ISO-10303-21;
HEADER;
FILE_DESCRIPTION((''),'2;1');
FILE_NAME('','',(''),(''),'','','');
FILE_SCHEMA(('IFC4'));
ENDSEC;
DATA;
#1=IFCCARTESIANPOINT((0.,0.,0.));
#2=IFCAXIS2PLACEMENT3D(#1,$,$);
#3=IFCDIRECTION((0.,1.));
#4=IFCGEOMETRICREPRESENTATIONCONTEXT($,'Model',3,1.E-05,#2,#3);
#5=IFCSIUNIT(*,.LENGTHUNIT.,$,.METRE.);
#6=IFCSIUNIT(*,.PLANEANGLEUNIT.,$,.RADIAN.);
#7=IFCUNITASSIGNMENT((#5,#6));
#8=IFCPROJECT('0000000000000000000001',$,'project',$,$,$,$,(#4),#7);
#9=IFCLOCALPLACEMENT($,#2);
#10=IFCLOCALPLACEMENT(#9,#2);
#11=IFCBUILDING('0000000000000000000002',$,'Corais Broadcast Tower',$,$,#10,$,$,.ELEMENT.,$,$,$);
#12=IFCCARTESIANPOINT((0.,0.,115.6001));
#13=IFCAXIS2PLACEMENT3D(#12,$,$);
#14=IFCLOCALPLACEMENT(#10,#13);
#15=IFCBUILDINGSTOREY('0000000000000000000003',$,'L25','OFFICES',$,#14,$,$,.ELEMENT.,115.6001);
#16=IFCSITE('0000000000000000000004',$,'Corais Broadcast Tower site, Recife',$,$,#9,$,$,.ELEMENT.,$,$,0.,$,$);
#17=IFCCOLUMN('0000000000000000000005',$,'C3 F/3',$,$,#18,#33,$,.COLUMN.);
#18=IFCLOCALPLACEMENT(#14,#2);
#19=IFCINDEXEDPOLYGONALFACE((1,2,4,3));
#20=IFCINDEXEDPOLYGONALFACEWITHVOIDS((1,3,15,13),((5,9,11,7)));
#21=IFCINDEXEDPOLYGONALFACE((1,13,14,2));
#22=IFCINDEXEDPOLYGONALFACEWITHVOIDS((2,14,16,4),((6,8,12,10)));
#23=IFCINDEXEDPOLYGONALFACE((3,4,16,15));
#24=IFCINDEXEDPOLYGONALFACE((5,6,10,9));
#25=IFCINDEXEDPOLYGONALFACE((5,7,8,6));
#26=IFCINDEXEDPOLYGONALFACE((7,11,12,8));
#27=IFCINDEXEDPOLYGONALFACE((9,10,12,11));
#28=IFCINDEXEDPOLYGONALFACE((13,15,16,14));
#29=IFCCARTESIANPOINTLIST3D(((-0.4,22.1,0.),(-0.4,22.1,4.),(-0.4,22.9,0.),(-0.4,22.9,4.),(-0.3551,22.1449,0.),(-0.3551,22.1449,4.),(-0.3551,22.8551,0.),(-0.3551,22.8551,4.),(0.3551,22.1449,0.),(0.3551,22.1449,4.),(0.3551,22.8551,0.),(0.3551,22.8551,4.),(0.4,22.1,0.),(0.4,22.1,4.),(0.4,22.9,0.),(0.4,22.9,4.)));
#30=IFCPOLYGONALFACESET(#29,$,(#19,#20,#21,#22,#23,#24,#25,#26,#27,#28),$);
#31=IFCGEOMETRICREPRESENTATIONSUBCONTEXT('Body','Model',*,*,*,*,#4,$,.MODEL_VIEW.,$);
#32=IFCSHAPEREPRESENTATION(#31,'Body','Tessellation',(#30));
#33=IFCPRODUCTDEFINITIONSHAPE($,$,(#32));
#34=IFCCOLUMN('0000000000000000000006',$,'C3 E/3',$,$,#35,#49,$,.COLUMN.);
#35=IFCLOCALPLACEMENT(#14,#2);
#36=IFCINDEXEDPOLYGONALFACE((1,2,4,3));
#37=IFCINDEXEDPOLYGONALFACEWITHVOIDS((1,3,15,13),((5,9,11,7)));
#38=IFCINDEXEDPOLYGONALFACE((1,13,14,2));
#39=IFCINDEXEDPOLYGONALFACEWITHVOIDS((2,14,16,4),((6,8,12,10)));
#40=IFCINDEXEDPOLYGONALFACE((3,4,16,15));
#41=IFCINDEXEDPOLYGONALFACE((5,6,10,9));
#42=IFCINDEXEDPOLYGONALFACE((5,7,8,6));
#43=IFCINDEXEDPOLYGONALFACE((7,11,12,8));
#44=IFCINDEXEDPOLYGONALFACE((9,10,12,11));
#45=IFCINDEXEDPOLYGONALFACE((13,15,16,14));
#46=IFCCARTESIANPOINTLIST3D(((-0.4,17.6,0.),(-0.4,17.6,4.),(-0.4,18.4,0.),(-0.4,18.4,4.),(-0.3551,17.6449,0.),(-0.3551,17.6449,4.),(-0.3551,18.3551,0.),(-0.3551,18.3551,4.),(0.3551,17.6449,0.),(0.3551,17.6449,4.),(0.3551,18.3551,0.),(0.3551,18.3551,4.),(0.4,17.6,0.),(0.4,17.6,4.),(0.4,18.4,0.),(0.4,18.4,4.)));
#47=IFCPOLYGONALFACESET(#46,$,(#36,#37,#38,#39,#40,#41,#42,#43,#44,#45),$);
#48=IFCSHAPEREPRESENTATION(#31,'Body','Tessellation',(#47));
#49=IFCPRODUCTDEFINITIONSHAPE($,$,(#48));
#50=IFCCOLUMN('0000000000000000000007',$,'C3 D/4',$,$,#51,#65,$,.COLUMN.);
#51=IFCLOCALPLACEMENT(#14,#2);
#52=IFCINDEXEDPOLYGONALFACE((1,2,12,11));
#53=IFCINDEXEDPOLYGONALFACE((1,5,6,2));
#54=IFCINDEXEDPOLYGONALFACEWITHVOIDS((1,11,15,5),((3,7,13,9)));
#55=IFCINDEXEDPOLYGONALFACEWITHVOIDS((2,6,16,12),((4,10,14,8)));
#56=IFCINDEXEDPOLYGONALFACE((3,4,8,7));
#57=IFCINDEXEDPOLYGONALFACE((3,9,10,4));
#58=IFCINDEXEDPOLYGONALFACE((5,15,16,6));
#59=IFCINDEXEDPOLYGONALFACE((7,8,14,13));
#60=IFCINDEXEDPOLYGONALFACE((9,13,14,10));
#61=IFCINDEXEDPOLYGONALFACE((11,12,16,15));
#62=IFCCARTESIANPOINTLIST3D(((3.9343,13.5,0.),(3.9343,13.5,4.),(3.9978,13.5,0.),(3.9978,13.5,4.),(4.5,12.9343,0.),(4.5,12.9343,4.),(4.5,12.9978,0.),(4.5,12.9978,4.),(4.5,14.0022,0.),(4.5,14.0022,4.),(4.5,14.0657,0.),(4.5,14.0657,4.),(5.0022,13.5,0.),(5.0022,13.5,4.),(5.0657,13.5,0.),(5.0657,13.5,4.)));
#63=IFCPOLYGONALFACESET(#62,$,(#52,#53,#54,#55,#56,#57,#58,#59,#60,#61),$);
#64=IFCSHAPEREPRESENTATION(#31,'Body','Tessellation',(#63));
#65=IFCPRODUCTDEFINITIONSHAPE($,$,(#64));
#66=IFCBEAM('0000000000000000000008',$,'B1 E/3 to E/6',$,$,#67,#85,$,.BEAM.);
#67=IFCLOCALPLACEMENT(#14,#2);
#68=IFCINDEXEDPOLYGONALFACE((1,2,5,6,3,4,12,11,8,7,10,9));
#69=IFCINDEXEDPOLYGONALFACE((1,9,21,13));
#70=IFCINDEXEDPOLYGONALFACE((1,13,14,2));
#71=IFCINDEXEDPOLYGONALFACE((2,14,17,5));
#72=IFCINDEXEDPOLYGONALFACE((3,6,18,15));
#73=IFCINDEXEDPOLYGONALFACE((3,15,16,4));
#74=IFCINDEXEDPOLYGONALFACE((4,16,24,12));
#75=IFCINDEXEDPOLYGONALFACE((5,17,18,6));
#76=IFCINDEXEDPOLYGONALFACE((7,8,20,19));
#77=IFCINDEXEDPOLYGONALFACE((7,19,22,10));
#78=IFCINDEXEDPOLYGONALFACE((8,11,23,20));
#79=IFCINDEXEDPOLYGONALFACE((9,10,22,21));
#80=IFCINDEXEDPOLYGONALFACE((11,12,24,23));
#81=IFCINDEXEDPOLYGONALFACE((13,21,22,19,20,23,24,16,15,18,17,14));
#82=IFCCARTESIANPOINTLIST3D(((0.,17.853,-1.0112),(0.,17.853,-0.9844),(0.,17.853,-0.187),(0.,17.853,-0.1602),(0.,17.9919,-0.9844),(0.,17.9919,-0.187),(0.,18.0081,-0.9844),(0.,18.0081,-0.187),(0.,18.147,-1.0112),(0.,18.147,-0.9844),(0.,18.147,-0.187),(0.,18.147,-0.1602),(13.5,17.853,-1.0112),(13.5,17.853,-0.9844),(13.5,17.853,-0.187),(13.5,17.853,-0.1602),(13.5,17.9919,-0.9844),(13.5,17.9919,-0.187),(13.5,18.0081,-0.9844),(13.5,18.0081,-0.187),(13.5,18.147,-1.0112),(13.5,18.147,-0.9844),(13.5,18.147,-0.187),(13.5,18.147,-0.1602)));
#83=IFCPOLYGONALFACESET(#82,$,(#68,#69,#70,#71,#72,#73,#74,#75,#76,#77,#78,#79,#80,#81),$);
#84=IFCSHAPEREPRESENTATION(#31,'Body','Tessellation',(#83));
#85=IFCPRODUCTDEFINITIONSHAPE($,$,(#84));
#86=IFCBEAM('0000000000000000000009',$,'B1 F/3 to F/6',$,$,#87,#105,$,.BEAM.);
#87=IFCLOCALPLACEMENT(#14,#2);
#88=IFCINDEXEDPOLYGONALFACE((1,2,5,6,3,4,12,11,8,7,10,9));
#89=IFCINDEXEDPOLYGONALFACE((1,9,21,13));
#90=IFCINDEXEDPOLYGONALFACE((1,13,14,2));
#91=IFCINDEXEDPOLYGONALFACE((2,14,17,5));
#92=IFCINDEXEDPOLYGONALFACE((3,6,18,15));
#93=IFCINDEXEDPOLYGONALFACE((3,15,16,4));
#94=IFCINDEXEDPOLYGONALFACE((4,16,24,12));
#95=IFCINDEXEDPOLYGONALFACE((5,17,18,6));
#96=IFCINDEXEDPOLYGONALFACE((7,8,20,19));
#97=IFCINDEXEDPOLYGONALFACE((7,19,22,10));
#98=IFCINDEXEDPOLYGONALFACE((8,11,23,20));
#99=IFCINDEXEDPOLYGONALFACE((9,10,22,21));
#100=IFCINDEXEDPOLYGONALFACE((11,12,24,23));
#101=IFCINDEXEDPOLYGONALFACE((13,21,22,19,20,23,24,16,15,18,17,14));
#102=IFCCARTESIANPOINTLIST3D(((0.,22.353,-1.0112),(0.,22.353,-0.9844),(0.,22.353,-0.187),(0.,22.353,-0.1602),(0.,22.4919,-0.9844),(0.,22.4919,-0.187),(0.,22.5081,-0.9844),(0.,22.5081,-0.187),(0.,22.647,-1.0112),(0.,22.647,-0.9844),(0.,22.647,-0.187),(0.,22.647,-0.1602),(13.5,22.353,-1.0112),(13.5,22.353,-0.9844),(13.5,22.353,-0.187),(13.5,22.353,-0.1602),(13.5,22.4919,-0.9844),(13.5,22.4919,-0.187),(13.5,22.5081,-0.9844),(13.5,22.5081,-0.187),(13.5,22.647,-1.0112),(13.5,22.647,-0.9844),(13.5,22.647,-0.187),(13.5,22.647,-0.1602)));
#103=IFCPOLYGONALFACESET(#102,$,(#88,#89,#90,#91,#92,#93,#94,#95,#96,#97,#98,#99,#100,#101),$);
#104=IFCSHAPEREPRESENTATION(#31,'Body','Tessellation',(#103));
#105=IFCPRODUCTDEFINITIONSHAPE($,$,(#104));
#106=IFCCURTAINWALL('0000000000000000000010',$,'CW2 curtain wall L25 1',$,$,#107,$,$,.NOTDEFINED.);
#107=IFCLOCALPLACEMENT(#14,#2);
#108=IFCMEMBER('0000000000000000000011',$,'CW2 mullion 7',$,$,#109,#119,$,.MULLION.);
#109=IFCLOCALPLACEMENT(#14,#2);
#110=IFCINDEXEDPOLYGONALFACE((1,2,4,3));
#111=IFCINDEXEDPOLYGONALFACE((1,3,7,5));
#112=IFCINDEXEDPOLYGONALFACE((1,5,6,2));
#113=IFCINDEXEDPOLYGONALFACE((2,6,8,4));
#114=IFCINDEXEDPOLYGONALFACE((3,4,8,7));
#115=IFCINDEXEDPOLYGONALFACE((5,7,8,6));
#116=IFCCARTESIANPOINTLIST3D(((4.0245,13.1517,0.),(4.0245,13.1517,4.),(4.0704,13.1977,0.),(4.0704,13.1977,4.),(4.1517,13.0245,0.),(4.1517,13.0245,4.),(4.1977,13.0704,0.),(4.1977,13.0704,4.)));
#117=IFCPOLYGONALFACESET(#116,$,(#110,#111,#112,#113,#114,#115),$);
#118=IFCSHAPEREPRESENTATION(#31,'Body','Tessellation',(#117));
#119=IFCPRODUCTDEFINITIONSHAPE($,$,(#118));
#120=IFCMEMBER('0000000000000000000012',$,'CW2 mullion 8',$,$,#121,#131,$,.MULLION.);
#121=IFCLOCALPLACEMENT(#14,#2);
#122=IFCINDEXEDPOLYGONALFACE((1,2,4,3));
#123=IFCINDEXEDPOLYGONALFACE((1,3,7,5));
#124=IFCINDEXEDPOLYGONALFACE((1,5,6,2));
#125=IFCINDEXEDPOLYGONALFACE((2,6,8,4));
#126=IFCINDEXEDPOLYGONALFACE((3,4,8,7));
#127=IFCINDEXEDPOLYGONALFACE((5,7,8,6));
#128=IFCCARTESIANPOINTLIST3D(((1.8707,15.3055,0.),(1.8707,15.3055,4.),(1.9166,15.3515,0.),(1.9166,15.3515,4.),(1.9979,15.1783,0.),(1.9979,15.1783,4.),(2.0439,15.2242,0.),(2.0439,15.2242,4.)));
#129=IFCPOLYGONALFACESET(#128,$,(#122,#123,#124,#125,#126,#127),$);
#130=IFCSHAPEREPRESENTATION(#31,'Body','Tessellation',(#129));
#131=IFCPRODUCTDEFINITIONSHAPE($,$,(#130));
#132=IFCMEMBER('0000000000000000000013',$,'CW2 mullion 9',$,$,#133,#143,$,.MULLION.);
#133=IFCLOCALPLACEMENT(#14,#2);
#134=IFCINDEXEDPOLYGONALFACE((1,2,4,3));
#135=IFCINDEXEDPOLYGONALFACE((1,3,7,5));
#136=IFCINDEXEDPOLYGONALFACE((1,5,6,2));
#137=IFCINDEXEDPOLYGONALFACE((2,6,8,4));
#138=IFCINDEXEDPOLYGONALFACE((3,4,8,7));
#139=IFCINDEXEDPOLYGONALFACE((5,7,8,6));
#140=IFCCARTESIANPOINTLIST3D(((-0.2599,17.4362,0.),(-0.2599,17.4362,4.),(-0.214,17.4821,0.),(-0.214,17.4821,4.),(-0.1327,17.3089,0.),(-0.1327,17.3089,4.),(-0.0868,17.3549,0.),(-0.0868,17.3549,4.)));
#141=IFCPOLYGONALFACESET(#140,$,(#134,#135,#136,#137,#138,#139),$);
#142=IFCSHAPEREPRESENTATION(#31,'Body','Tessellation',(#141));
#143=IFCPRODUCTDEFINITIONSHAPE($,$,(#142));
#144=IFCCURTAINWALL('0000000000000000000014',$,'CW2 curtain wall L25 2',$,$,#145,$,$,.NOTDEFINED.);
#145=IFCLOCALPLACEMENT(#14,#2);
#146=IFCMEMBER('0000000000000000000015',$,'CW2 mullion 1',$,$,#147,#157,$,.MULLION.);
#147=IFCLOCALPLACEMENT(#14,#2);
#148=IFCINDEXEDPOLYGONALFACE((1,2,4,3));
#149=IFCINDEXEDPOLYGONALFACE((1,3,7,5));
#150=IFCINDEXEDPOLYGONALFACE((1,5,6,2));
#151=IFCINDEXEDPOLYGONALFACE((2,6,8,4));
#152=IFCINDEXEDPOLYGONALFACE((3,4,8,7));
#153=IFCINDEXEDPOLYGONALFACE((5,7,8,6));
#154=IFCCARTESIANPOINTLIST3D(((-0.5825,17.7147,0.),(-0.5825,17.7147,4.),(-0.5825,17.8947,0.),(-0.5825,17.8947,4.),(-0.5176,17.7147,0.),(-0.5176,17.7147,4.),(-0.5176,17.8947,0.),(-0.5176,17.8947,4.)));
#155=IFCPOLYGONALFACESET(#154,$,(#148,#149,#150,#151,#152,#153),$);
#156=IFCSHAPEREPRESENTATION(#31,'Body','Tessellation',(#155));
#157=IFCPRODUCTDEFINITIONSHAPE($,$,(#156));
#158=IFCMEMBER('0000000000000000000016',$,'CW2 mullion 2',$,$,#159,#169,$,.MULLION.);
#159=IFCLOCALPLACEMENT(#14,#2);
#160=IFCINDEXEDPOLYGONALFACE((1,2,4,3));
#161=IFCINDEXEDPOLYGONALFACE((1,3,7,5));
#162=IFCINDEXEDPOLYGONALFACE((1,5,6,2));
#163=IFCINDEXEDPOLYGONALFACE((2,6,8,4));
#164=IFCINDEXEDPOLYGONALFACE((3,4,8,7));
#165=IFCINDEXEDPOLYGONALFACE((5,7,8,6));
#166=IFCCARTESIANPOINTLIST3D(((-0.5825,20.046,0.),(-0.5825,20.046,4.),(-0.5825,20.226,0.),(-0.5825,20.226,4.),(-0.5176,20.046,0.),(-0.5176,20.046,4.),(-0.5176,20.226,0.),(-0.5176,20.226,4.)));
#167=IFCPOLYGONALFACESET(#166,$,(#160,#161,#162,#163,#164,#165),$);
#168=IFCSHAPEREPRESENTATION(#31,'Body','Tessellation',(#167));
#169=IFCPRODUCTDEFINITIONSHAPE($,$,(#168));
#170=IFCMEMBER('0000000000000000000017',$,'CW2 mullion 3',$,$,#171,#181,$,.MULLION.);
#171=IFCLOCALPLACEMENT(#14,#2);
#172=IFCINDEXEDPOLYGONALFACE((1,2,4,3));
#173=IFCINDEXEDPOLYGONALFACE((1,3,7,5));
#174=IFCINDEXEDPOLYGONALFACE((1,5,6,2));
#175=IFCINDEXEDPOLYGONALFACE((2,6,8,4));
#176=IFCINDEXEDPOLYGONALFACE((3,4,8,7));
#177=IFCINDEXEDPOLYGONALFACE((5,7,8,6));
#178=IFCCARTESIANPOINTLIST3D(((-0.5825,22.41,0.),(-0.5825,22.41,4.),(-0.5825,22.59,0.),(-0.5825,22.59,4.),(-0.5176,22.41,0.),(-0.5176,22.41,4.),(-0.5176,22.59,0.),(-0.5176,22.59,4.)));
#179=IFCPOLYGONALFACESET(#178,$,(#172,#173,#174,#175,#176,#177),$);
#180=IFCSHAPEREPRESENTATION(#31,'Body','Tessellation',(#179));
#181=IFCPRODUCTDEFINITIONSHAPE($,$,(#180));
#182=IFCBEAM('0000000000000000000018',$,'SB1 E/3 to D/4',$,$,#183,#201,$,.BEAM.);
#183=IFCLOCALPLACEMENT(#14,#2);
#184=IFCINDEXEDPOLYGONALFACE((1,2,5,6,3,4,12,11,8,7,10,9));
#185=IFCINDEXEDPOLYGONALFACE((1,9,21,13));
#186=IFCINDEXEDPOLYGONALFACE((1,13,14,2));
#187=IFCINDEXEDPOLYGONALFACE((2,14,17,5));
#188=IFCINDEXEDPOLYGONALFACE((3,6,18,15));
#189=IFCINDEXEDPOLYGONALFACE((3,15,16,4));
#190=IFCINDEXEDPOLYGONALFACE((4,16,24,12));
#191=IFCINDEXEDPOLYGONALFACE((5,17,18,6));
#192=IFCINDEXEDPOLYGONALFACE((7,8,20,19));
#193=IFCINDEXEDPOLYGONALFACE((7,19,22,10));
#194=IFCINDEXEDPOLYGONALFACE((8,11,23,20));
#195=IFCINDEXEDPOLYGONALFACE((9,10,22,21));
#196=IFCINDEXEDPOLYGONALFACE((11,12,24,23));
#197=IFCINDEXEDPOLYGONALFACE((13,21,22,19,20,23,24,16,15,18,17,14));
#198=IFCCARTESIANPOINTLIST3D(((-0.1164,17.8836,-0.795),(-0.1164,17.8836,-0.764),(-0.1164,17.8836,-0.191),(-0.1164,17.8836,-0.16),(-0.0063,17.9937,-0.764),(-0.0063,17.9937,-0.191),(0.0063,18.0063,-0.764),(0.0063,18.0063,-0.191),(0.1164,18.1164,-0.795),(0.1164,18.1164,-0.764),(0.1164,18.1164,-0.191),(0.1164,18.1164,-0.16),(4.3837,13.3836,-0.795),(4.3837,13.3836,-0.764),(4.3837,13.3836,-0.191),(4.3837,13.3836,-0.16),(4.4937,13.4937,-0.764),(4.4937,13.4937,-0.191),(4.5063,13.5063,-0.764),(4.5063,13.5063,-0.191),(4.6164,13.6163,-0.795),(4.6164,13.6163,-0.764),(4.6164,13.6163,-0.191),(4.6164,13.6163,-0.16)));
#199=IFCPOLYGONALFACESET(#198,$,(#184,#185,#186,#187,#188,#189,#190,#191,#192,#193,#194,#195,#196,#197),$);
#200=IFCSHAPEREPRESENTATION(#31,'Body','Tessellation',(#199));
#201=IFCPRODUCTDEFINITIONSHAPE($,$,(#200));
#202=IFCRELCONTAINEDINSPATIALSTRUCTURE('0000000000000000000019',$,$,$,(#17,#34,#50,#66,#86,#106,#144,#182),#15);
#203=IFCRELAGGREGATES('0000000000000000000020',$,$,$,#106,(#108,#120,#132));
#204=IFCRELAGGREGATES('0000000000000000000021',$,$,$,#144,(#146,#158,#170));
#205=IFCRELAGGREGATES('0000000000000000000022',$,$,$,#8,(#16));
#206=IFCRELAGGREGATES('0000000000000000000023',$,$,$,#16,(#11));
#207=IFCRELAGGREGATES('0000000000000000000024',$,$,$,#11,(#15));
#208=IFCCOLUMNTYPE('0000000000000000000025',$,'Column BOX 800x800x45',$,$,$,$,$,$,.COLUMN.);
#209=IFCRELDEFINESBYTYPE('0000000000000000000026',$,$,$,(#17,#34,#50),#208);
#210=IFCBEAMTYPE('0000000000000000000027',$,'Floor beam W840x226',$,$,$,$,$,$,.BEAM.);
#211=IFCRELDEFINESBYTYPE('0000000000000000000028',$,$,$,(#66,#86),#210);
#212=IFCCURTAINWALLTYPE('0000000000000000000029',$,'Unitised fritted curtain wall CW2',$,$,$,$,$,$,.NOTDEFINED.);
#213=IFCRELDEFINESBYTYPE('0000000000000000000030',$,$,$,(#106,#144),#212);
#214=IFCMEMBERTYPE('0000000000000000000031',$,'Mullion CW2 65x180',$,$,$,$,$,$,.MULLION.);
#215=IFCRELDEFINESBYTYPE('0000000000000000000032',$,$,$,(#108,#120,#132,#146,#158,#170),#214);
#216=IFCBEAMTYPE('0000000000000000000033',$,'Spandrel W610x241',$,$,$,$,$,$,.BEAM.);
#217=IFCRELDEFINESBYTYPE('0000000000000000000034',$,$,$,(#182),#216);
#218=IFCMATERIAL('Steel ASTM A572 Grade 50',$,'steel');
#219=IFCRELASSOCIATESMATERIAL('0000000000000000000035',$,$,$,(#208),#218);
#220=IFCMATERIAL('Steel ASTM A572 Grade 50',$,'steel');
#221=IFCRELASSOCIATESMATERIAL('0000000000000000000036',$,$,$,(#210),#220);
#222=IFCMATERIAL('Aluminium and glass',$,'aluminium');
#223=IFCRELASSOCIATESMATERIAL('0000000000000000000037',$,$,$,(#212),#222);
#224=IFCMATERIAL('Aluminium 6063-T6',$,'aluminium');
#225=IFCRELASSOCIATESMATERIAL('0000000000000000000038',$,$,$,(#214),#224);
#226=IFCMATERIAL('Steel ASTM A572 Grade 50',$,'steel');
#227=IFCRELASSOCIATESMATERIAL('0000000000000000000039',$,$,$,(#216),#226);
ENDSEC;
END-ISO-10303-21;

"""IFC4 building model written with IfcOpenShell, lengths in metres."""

from ifc_helpers import new_model, si_unit, direction, frame, origin, origin_2d, place, context, subcontext, project, spatial, rectangle, hollow_rectangle, i_section, extrude, material, material_profile, profile_set, type_object, element, aggregate, save


model = new_model("IFC4")

# Units and contexts
model_context = context("Model", 3, precision=1e-05, world=origin(), true_north=direction((0.0, 1.0)))
body_context = subcontext(model_context, "Body", "Model", "MODEL_VIEW")
ifc_project = project(units=[si_unit("LENGTHUNIT", "METRE"), si_unit("PLANEANGLEUNIT", "RADIAN")], contexts=[model_context])

# Site, building, storey
site_placement = place(None, origin())
site = spatial("IfcSite", under=ifc_project, at=site_placement, Name="Corais Broadcast Tower site, Recife", CompositionType="ELEMENT", RefElevation=0.0)
building_placement = place(site_placement, origin())
building = spatial("IfcBuilding", under=site, at=building_placement, Name="Corais Broadcast Tower", CompositionType="ELEMENT")
storey_placement = place(building_placement, frame((0.0, 0.0, 115.6001)))
storey = spatial("IfcBuildingStorey", under=building, at=storey_placement, Name="L25", Description="OFFICES", CompositionType="ELEMENT", Elevation=115.6001)

# Columns
ifc_material_1 = material(Name="Steel ASTM A572 Grade 50", Category="steel")
ifc_material_profile_1 = material_profile(ifc_material_1, hollow_rectangle(XDim=0.8, YDim=0.8, WallThickness=0.0449, at=origin_2d()), Name="BOX 800x800x45")
ifc_profile_set_1 = profile_set([ifc_material_profile_1], Name="Steel ASTM A572 Grade 50")
column_type = type_object("IfcColumnType", Name="Column BOX 800x800x45", PredefinedType="COLUMN", material=ifc_profile_set_1)
for number, where, z_axis, x_axis, name in (
    (1, (0.0, 22.5, 0.0), (0.0, 0.0, 1.0), (1.0, 0.0, 0.0), "C3 F/3"),
    (2, (0.0, 18.0, 0.0), (0.0, 0.0, 1.0), (1.0, 0.0, 0.0), "C3 E/3"),
    (3, (4.5, 13.5, 0.0), (0.0, 0.0, 1.0), (0.707107, 0.707107, 0.0), "C3 D/4"),
):
    element("IfcColumn", number, at=place(storey_placement, frame(where, z_axis=z_axis, x_axis=x_axis)), inside=storey, type_object=column_type, Name=name, PredefinedType="COLUMN", context=body_context, shape_type="SweptSolid", body=[
        extrude(hollow_rectangle(XDim=0.8, YDim=0.8, WallThickness=0.0449, at=origin_2d()), origin(), (0.0, 0.0, 1.0), 4.0),
    ])

# Beams
ifc_material_2 = material(Name="Steel ASTM A572 Grade 50", Category="steel")
ifc_material_profile_2 = material_profile(ifc_material_2, i_section(OverallWidth=0.2939, OverallDepth=0.8511, WebThickness=0.0161, FlangeThickness=0.0269, at=origin_2d()), Name="W840x226")
ifc_profile_set_2 = profile_set([ifc_material_profile_2], Name="Steel ASTM A572 Grade 50")
beam_type_1 = type_object("IfcBeamType", Name="Floor beam W840x226", PredefinedType="BEAM", material=ifc_profile_set_2)
for number, where, z_axis, x_axis, name in (
    (4, (0.0, 18.0, -0.5857), (1.0, 0.0, 0.0), (0.0, 1.0, 0.0), "B1 E/3 to E/6"),
    (5, (0.0, 22.5, -0.5857), (1.0, 0.0, 0.0), (0.0, 1.0, 0.0), "B1 F/3 to F/6"),
):
    element("IfcBeam", number, at=place(storey_placement, frame(where, z_axis=z_axis, x_axis=x_axis)), inside=storey, type_object=beam_type_1, Name=name, PredefinedType="BEAM", context=body_context, shape_type="SweptSolid", body=[
        extrude(i_section(OverallWidth=0.2939, OverallDepth=0.8511, WebThickness=0.0161, FlangeThickness=0.0269, at=origin_2d()), origin(), (0.0, 0.0, 1.0), 13.5),
    ])

# Curtain walls, members
ifc_material_3 = material(Name="Aluminium and glass", Category="aluminium")
curtain_wall_type = type_object("IfcCurtainWallType", Name="Unitised fritted curtain wall CW2", PredefinedType="NOTDEFINED", material=ifc_material_3)
curtain_wall_1_placement = place(storey_placement, origin())
curtain_wall_1 = element("IfcCurtainWall", 6, at=curtain_wall_1_placement, inside=storey, type_object=curtain_wall_type, Name="CW2 curtain wall L25 1", PredefinedType="NOTDEFINED")
ifc_material_4 = material(Name="Aluminium 6063-T6", Category="aluminium")
ifc_material_profile_3 = material_profile(ifc_material_4, rectangle(XDim=0.0649, YDim=0.1799, at=origin_2d()), Name="Mullion CW2 65x180")
ifc_profile_set_3 = profile_set([ifc_material_profile_3], Name="Aluminium 6063-T6")
member_type_1 = type_object("IfcMemberType", Name="Mullion CW2 65x180", PredefinedType="MULLION", material=ifc_profile_set_3)
member_1_placement = place(storey_placement, frame((4.1111, 13.1111, 0.0), z_axis=(0.0, 0.0, 1.0), x_axis=(-0.707107, -0.707107, 0.0)))
member_1 = element("IfcMember", 7, at=member_1_placement, type_object=member_type_1, Name="CW2 mullion 7", PredefinedType="MULLION", context=body_context, shape_type="SweptSolid", body=[
    extrude(rectangle(XDim=0.0649, YDim=0.1799, at=origin_2d()), origin(), (0.0, 0.0, 1.0), 4.0),
])
member_2_placement = place(storey_placement, frame((1.9573, 15.2649, 0.0), z_axis=(0.0, 0.0, 1.0), x_axis=(-0.707107, -0.707107, 0.0)))
member_2 = element("IfcMember", 8, at=member_2_placement, type_object=member_type_1, Name="CW2 mullion 8", PredefinedType="MULLION", context=body_context, shape_type="SweptSolid", body=[
    extrude(rectangle(XDim=0.0649, YDim=0.1799, at=origin_2d()), origin(), (0.0, 0.0, 1.0), 4.0),
])
member_3_placement = place(storey_placement, frame((-0.1733, 17.3955, 0.0), z_axis=(0.0, 0.0, 1.0), x_axis=(-0.707107, -0.707107, 0.0)))
member_3 = element("IfcMember", 9, at=member_3_placement, type_object=member_type_1, Name="CW2 mullion 9", PredefinedType="MULLION", context=body_context, shape_type="SweptSolid", body=[
    extrude(rectangle(XDim=0.0649, YDim=0.1799, at=origin_2d()), origin(), (0.0, 0.0, 1.0), 4.0),
])
curtain_wall_2_placement = place(storey_placement, origin())
curtain_wall_2 = element("IfcCurtainWall", 10, at=curtain_wall_2_placement, inside=storey, type_object=curtain_wall_type, Name="CW2 curtain wall L25 2", PredefinedType="NOTDEFINED")
member_4_placement = place(storey_placement, frame((-0.55, 17.8047, 0.0), z_axis=(0.0, 0.0, 1.0), x_axis=(-1.0, 0.0, 0.0)))
member_4 = element("IfcMember", 11, at=member_4_placement, type_object=member_type_1, Name="CW2 mullion 1", PredefinedType="MULLION", context=body_context, shape_type="SweptSolid", body=[
    extrude(rectangle(XDim=0.0649, YDim=0.1799, at=origin_2d()), origin(), (0.0, 0.0, 1.0), 4.0),
])
member_5_placement = place(storey_placement, frame((-0.55, 20.136, 0.0), z_axis=(0.0, 0.0, 1.0), x_axis=(-1.0, 0.0, 0.0)))
member_5 = element("IfcMember", 12, at=member_5_placement, type_object=member_type_1, Name="CW2 mullion 2", PredefinedType="MULLION", context=body_context, shape_type="SweptSolid", body=[
    extrude(rectangle(XDim=0.0649, YDim=0.1799, at=origin_2d()), origin(), (0.0, 0.0, 1.0), 4.0),
])
member_6_placement = place(storey_placement, frame((-0.55, 22.5, 0.0), z_axis=(0.0, 0.0, 1.0), x_axis=(-1.0, 0.0, 0.0)))
member_6 = element("IfcMember", 13, at=member_6_placement, type_object=member_type_1, Name="CW2 mullion 3", PredefinedType="MULLION", context=body_context, shape_type="SweptSolid", body=[
    extrude(rectangle(XDim=0.0649, YDim=0.1799, at=origin_2d()), origin(), (0.0, 0.0, 1.0), 4.0),
])

# Beam
ifc_material_5 = material(Name="Steel ASTM A572 Grade 50", Category="steel")
ifc_material_profile_4 = material_profile(ifc_material_5, i_section(OverallWidth=0.3291, OverallDepth=0.635, WebThickness=0.0178, FlangeThickness=0.031, at=origin_2d()), Name="W610x241")
ifc_profile_set_4 = profile_set([ifc_material_profile_4], Name="Steel ASTM A572 Grade 50")
beam_type_2 = type_object("IfcBeamType", Name="Spandrel W610x241", PredefinedType="BEAM", material=ifc_profile_set_4)
beam_1_placement = place(storey_placement, frame((0.0, 18.0, -0.4775), z_axis=(0.707107, -0.707107, 0.0), x_axis=(0.707107, 0.707107, 0.0)))
element("IfcBeam", 14, at=beam_1_placement, inside=storey, type_object=beam_type_2, Name="SB1 E/3 to D/4", PredefinedType="BEAM", context=body_context, shape_type="SweptSolid", body=[
    extrude(i_section(OverallWidth=0.3291, OverallDepth=0.635, WebThickness=0.0178, FlangeThickness=0.031, at=origin_2d()), origin(), (0.0, 0.0, 1.0), 6.364),
])

aggregate(curtain_wall_1, [member_1, member_2, member_3])
aggregate(curtain_wall_2, [member_4, member_5, member_6])

save(model, "model.ifc")
